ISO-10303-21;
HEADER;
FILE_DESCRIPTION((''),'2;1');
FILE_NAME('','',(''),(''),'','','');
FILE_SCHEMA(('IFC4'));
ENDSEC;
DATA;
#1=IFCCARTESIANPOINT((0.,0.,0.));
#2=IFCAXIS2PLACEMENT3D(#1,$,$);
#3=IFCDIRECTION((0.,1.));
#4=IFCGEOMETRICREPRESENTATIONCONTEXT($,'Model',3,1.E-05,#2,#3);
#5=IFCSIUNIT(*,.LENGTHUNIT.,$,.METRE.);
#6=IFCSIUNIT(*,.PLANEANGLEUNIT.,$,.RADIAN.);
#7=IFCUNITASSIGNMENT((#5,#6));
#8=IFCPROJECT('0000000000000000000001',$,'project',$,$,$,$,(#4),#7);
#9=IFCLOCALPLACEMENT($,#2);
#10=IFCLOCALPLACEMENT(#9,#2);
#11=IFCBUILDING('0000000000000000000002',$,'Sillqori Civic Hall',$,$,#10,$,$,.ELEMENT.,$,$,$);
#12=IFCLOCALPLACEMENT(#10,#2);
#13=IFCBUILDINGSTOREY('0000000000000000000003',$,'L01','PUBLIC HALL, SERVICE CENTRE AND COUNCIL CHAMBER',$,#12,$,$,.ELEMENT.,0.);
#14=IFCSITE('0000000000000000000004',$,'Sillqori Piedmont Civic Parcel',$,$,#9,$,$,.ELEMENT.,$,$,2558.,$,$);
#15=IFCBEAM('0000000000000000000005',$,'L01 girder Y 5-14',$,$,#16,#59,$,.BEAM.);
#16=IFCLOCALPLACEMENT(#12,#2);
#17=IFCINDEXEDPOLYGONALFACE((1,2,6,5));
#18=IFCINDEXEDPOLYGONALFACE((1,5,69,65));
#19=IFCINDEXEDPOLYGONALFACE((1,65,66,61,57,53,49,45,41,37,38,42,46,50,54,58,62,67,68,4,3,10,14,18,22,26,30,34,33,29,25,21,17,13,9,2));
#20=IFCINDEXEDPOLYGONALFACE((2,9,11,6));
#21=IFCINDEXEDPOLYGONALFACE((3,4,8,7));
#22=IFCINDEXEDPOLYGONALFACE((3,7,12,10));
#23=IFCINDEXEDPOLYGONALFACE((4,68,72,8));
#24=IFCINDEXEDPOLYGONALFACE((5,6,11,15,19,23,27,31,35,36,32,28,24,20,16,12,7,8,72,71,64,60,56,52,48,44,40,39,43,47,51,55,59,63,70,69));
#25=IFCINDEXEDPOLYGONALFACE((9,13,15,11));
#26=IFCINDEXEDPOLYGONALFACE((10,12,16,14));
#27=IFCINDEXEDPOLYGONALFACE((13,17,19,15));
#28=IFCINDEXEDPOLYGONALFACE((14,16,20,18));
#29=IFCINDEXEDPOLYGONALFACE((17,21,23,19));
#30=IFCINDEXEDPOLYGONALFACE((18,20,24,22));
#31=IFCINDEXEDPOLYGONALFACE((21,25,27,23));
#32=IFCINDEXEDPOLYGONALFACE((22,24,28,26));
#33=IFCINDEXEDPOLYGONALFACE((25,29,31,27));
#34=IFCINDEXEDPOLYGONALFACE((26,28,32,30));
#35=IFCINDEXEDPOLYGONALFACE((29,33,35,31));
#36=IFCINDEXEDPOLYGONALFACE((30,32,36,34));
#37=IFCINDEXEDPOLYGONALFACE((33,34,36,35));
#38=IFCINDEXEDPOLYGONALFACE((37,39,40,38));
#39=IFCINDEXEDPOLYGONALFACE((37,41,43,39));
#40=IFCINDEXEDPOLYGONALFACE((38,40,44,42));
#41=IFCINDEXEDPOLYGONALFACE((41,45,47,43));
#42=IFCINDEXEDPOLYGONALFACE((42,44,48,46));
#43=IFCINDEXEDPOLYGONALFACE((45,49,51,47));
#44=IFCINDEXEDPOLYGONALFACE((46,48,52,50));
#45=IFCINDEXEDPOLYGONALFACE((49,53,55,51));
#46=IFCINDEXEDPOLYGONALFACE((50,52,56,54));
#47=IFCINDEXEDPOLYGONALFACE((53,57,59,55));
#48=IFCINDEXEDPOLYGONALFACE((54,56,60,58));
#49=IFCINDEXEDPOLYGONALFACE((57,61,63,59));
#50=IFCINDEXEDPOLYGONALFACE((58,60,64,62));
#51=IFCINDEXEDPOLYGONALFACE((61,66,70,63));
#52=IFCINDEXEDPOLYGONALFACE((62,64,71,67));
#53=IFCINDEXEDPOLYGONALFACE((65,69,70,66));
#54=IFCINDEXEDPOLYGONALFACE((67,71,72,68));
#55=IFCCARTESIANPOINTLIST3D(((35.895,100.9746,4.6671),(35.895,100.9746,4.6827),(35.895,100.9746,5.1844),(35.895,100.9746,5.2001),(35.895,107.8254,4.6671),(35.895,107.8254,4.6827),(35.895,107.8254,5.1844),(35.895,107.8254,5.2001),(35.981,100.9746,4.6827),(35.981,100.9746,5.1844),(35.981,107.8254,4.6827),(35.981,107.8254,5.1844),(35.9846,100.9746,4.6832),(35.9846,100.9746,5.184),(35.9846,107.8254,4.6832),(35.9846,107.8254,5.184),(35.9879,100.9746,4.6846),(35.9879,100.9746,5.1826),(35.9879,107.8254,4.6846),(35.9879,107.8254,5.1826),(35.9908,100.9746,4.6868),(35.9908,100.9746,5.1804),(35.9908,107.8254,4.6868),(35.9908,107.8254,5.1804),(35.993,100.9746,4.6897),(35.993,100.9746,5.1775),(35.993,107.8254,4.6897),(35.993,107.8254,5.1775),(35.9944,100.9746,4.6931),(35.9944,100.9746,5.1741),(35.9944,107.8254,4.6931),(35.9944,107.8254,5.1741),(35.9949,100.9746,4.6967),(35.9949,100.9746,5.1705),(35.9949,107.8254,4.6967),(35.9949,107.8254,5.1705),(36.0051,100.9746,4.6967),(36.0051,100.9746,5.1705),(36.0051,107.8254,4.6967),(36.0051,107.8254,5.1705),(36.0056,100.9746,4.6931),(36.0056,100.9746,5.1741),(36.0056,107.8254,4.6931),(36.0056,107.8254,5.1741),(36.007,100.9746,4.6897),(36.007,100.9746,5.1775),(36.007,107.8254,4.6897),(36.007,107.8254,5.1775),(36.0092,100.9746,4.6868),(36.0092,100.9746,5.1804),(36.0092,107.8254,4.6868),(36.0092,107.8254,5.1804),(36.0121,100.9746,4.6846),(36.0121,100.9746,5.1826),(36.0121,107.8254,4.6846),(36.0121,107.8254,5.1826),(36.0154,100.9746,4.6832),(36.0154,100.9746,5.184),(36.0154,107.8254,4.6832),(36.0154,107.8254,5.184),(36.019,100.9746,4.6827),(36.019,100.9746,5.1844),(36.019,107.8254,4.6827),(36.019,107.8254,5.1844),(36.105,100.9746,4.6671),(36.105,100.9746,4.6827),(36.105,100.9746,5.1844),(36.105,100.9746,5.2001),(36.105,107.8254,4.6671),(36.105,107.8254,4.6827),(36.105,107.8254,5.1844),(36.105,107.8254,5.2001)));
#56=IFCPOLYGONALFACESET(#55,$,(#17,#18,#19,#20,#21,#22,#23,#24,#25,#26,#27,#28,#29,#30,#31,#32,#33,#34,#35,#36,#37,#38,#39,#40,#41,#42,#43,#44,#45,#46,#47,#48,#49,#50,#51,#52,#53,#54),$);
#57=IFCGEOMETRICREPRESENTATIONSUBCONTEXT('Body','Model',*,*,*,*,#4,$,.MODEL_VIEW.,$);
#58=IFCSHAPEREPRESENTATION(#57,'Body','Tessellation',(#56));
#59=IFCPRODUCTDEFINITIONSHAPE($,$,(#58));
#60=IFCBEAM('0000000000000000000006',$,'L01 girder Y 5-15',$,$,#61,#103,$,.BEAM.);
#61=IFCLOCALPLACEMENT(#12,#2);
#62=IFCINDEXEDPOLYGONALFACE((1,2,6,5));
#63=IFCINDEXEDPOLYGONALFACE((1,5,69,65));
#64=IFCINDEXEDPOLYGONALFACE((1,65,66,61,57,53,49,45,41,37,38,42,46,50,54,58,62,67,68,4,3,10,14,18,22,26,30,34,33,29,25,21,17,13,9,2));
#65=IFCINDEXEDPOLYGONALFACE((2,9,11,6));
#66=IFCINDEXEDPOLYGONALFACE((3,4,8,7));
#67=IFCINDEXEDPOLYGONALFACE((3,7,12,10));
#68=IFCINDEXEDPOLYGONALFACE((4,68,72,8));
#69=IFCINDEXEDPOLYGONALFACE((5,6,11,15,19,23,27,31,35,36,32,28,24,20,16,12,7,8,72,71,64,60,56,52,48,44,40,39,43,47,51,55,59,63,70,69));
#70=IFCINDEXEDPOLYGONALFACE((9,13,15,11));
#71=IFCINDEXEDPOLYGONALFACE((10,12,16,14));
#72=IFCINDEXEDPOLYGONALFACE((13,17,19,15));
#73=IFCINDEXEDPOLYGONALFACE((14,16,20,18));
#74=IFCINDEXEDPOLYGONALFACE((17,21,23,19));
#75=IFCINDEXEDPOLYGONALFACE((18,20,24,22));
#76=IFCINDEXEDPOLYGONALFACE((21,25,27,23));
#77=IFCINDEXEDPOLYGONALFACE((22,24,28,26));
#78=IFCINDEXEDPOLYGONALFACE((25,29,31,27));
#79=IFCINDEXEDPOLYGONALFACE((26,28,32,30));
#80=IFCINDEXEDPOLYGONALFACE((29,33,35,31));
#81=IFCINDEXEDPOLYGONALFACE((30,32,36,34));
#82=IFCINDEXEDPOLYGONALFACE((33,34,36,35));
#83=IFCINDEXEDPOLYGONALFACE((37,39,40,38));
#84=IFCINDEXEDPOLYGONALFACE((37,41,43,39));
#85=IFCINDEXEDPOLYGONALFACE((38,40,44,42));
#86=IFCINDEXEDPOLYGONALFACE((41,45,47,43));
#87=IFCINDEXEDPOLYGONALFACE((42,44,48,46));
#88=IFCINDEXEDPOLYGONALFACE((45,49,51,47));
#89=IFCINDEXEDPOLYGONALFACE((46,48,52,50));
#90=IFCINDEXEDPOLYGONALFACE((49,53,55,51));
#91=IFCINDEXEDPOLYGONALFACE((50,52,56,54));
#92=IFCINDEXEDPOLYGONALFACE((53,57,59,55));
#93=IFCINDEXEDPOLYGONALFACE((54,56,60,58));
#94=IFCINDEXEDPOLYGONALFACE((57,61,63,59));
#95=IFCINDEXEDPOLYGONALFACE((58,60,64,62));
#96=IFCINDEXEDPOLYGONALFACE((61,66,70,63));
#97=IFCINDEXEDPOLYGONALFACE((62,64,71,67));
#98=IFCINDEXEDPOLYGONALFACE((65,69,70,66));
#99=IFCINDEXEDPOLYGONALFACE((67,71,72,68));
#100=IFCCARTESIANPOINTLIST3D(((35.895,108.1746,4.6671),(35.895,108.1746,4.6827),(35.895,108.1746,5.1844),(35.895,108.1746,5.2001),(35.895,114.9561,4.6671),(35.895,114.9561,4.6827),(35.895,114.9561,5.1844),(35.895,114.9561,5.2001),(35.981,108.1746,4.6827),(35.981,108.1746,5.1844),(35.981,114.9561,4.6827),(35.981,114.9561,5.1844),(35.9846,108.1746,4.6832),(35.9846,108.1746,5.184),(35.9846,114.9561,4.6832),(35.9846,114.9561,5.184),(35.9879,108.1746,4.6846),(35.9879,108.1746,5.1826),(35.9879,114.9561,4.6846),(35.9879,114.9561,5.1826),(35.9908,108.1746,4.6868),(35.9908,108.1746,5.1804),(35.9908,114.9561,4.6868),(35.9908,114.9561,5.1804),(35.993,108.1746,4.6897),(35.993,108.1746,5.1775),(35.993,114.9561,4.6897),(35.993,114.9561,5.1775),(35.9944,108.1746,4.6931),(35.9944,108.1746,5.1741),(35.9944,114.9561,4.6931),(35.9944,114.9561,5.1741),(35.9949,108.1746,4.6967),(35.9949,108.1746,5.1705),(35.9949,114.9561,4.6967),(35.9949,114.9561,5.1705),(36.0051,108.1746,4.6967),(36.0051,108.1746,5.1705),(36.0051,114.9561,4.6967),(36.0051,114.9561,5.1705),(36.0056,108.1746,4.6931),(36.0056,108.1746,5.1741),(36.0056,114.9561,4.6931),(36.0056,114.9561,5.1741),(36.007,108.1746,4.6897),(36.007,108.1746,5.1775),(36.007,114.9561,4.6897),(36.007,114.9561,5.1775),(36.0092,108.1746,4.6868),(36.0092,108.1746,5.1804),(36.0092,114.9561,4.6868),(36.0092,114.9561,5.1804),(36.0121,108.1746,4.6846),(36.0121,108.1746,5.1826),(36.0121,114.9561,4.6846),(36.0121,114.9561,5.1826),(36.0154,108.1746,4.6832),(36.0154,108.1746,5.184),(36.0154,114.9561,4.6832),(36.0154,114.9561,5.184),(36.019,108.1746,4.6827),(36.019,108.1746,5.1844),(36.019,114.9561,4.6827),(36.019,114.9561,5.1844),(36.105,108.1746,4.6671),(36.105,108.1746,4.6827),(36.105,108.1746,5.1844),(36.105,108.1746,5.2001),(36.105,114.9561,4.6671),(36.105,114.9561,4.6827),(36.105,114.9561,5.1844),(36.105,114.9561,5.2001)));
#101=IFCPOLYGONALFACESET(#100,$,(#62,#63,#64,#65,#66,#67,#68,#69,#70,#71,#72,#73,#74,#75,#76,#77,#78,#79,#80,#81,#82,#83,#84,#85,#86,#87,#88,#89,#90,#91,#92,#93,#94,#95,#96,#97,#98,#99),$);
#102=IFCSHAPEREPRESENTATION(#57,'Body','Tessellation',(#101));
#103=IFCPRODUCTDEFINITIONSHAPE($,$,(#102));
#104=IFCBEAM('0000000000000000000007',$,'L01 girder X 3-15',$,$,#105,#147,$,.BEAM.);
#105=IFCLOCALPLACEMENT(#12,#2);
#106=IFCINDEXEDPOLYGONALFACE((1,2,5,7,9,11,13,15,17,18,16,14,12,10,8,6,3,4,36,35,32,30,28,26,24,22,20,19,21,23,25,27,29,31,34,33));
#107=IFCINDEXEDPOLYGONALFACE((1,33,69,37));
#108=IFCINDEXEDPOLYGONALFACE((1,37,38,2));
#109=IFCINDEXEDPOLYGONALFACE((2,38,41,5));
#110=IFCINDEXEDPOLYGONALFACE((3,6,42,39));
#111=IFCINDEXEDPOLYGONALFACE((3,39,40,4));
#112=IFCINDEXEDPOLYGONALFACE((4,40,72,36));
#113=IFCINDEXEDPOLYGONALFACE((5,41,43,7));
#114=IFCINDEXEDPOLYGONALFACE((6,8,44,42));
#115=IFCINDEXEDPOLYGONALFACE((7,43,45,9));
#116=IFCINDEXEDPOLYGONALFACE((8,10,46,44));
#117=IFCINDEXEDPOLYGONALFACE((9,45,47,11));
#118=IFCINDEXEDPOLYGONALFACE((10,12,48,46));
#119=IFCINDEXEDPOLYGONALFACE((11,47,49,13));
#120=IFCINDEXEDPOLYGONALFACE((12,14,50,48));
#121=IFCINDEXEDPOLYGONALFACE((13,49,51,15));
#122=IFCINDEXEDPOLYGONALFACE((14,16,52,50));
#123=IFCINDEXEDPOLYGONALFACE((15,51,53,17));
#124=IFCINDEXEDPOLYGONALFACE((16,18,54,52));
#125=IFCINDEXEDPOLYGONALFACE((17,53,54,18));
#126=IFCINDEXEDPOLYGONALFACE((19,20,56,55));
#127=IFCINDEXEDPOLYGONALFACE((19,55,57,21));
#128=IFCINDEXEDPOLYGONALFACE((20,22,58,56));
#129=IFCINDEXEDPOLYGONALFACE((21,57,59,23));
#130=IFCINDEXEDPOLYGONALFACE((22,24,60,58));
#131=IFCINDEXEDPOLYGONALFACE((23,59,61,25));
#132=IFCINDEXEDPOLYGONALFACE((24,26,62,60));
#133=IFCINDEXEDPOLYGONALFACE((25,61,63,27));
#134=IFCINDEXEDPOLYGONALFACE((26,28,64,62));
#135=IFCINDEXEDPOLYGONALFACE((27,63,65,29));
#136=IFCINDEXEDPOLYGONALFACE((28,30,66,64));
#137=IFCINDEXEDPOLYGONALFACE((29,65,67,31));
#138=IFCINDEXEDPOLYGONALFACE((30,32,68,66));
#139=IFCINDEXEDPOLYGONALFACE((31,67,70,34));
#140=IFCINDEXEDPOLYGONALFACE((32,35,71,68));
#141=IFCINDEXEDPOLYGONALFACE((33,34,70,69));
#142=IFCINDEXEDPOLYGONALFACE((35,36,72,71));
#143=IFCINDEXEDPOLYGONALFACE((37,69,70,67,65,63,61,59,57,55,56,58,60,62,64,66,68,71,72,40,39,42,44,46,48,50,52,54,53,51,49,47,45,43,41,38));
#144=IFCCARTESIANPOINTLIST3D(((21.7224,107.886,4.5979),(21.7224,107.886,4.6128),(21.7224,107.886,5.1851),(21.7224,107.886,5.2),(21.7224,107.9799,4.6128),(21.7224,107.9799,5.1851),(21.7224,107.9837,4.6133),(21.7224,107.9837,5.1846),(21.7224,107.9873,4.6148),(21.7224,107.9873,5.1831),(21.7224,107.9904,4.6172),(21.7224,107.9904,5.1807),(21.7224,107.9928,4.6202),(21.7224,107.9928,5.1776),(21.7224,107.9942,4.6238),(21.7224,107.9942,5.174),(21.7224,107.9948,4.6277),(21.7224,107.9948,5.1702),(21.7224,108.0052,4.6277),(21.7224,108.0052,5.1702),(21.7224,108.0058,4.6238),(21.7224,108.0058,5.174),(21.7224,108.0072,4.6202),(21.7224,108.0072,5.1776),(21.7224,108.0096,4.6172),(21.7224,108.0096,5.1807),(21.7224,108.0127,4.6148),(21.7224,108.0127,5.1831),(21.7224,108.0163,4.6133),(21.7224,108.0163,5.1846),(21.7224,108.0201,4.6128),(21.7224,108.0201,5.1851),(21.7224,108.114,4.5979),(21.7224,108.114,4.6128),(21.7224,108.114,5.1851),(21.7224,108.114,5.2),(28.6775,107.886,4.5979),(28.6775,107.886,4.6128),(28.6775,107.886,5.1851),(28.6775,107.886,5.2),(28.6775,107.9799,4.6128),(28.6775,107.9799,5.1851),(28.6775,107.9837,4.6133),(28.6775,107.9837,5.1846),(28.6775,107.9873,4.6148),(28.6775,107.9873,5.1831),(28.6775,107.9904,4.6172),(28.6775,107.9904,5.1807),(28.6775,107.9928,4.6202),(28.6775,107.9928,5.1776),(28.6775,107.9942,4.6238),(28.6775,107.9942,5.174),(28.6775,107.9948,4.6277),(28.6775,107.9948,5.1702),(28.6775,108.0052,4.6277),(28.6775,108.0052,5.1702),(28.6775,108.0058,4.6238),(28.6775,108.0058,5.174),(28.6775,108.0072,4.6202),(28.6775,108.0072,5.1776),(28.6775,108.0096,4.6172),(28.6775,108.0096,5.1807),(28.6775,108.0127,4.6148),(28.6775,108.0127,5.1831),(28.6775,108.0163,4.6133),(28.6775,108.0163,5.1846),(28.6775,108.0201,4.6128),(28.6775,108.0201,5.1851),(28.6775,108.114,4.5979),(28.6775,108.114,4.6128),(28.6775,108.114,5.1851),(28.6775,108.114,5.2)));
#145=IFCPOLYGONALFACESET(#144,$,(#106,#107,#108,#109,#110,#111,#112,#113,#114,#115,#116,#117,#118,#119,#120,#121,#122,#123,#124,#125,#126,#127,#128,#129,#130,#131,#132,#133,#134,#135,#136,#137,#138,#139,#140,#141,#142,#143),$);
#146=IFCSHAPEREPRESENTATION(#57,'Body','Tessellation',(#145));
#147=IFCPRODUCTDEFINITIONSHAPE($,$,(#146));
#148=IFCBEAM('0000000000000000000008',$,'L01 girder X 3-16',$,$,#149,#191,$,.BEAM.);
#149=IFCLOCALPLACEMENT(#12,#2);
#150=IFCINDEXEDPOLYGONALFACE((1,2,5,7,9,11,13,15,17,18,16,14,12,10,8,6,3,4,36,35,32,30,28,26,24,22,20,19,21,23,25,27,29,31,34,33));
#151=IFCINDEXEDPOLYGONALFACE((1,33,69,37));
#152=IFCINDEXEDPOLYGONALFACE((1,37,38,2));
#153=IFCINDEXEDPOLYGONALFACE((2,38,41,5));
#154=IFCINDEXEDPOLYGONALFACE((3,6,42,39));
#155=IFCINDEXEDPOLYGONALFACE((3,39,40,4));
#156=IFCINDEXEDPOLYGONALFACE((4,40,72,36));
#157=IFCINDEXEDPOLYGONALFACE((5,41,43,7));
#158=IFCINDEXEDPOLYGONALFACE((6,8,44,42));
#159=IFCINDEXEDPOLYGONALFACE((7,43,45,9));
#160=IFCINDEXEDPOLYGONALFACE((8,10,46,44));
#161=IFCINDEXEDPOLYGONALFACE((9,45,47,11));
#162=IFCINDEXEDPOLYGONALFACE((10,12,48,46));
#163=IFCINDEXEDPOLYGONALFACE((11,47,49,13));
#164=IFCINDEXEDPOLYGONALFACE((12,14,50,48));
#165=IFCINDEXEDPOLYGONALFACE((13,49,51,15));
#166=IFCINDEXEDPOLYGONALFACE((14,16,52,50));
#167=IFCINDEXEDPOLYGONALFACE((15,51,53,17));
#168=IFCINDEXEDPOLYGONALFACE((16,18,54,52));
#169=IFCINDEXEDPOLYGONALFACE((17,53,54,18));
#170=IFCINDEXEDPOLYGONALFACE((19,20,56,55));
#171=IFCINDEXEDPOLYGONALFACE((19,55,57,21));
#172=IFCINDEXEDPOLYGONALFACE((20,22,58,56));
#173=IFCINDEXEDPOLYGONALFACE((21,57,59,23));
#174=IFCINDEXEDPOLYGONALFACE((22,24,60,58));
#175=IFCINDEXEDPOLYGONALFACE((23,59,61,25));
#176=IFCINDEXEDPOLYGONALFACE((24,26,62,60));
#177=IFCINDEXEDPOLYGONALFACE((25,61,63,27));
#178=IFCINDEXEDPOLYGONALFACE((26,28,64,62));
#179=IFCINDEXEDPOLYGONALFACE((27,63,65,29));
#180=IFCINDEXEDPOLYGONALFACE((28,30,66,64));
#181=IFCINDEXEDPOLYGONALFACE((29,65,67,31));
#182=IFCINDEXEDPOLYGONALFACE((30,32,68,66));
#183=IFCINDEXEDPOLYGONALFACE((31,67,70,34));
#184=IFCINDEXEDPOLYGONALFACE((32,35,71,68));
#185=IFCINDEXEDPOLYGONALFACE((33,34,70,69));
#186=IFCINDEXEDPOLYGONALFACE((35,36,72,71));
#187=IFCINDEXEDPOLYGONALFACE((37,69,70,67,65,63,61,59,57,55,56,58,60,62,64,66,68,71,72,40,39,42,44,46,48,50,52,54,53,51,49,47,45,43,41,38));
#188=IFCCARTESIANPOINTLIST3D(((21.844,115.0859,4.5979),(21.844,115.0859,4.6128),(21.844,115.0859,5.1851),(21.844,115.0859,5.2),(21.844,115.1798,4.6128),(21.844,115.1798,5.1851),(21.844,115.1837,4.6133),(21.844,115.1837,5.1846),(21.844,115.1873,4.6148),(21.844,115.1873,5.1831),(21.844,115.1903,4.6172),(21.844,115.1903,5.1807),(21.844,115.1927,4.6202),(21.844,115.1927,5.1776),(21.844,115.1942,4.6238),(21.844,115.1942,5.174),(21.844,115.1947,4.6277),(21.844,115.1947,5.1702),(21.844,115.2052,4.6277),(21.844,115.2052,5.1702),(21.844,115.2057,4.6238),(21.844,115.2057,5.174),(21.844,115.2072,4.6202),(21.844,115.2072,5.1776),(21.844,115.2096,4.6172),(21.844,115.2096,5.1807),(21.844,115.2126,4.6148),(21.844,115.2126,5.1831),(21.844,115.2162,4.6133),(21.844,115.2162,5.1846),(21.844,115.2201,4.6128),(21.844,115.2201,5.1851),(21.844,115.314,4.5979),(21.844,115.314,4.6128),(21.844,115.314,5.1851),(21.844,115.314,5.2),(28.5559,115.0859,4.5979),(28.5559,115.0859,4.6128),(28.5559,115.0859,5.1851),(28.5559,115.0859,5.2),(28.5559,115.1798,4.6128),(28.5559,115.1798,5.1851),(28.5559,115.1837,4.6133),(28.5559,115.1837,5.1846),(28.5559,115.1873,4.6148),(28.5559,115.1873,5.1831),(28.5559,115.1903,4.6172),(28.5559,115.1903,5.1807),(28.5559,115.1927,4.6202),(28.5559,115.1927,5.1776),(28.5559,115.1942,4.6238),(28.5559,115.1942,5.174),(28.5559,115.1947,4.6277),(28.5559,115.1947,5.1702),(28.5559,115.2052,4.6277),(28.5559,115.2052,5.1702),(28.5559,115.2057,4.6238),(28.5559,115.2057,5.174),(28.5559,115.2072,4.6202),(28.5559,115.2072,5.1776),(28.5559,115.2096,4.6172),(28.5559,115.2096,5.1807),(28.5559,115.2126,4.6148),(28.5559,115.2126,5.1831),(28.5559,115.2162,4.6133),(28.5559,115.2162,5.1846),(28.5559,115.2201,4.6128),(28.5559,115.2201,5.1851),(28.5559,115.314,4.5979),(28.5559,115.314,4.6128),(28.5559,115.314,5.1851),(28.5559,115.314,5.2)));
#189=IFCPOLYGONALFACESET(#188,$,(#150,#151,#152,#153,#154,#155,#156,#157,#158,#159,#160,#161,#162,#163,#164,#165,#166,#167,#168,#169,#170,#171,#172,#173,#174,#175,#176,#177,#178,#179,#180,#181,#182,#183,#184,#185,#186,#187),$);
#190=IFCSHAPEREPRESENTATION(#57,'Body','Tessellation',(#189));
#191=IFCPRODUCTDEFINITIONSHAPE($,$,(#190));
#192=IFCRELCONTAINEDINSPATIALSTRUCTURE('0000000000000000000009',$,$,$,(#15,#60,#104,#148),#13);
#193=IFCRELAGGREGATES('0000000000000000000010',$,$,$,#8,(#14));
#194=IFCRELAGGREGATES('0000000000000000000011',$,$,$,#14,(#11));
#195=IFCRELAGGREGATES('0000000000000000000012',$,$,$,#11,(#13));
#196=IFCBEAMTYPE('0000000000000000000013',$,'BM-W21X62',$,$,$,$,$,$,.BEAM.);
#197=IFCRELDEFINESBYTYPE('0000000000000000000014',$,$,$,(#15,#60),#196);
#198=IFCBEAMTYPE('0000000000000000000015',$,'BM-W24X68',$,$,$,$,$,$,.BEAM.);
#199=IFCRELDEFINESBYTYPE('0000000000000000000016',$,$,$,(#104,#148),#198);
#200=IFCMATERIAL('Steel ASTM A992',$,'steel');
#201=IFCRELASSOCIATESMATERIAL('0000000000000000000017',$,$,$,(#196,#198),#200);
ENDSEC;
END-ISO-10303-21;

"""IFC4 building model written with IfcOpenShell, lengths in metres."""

from ifc_helpers import new_model, si_unit, direction, frame, origin, origin_2d, place, context, subcontext, project, spatial, i_section, extrude, material, material_profile, profile_set, type_object, element, save


model = new_model("IFC4")

# Units and contexts
model_context = context("Model", 3, precision=1e-05, world=origin(), true_north=direction((0.0, 1.0)))
body_context = subcontext(model_context, "Body", "Model", "MODEL_VIEW")
ifc_project = project(units=[si_unit("LENGTHUNIT", "METRE"), si_unit("PLANEANGLEUNIT", "RADIAN")], contexts=[model_context])

# Site, building, storey
site_placement = place(None, origin())
site = spatial("IfcSite", under=ifc_project, at=site_placement, Name="Sillqori Piedmont Civic Parcel", CompositionType="ELEMENT", RefElevation=2558.0)
building_placement = place(site_placement, origin())
building = spatial("IfcBuilding", under=site, at=building_placement, Name="Sillqori Civic Hall", CompositionType="ELEMENT")
storey_placement = place(building_placement, origin())
storey = spatial("IfcBuildingStorey", under=building, at=storey_placement, Name="L01", Description="PUBLIC HALL, SERVICE CENTRE AND COUNCIL CHAMBER", CompositionType="ELEMENT", Elevation=0.0)

# Shared definitions
ifc_material_1 = material(Name="Steel ASTM A992", Category="steel")

# Beams
ifc_material_profile_1 = material_profile(ifc_material_1, i_section(OverallWidth=0.21, OverallDepth=0.533, WebThickness=0.0103, FlangeThickness=0.0156, FilletRadius=0.0139, at=origin_2d()), Name="W21X62")
ifc_profile_set_1 = profile_set([ifc_material_profile_1], Name="Steel ASTM A992")
beam_type_1 = type_object("IfcBeamType", Name="BM-W21X62", PredefinedType="BEAM", material=ifc_profile_set_1)
beam_1_placement = place(storey_placement, frame((36.0, 100.9746, 4.9336), z_axis=(0.0, 1.0, 0.0), x_axis=(-1.0, 0.0, 0.0)))
element("IfcBeam", 1, at=beam_1_placement, inside=storey, type_object=beam_type_1, Name="L01 girder Y 5-14", PredefinedType="BEAM", context=body_context, shape_type="SweptSolid", body=[
    extrude(i_section(OverallWidth=0.21, OverallDepth=0.533, WebThickness=0.0103, FlangeThickness=0.0156, FilletRadius=0.0139, at=origin_2d()), origin(), (0.0, 0.0, 1.0), 6.8508),
])
beam_2_placement = place(storey_placement, frame((36.0, 108.1746, 4.9336), z_axis=(0.0, 1.0, 0.0), x_axis=(-1.0, 0.0, 0.0)))
element("IfcBeam", 2, at=beam_2_placement, inside=storey, type_object=beam_type_1, Name="L01 girder Y 5-15", PredefinedType="BEAM", context=body_context, shape_type="SweptSolid", body=[
    extrude(i_section(OverallWidth=0.21, OverallDepth=0.533, WebThickness=0.0103, FlangeThickness=0.0156, FilletRadius=0.0139, at=origin_2d()), origin(), (0.0, 0.0, 1.0), 6.7815),
])
ifc_material_profile_2 = material_profile(ifc_material_1, i_section(OverallWidth=0.228, OverallDepth=0.6021, WebThickness=0.0105, FlangeThickness=0.0149, FilletRadius=0.0149, at=origin_2d()), Name="W24X68")
ifc_profile_set_2 = profile_set([ifc_material_profile_2], Name="Steel ASTM A992")
beam_type_2 = type_object("IfcBeamType", Name="BM-W24X68", PredefinedType="BEAM", material=ifc_profile_set_2)
beam_3_placement = place(storey_placement, frame((21.7224, 108.0, 4.8989), z_axis=(1.0, 0.0, 0.0), x_axis=(0.0, 1.0, 0.0)))
element("IfcBeam", 3, at=beam_3_placement, inside=storey, type_object=beam_type_2, Name="L01 girder X 3-15", PredefinedType="BEAM", context=body_context, shape_type="SweptSolid", body=[
    extrude(i_section(OverallWidth=0.228, OverallDepth=0.6021, WebThickness=0.0105, FlangeThickness=0.0149, FilletRadius=0.0149, at=origin_2d()), origin(), (0.0, 0.0, 1.0), 6.9551),
])
beam_4_placement = place(storey_placement, frame((21.844, 115.2, 4.8989), z_axis=(1.0, 0.0, 0.0), x_axis=(0.0, 1.0, 0.0)))
element("IfcBeam", 4, at=beam_4_placement, inside=storey, type_object=beam_type_2, Name="L01 girder X 3-16", PredefinedType="BEAM", context=body_context, shape_type="SweptSolid", body=[
    extrude(i_section(OverallWidth=0.228, OverallDepth=0.6021, WebThickness=0.0105, FlangeThickness=0.0149, FilletRadius=0.0149, at=origin_2d()), origin(), (0.0, 0.0, 1.0), 6.7119),
])

save(model, "model.ifc")
